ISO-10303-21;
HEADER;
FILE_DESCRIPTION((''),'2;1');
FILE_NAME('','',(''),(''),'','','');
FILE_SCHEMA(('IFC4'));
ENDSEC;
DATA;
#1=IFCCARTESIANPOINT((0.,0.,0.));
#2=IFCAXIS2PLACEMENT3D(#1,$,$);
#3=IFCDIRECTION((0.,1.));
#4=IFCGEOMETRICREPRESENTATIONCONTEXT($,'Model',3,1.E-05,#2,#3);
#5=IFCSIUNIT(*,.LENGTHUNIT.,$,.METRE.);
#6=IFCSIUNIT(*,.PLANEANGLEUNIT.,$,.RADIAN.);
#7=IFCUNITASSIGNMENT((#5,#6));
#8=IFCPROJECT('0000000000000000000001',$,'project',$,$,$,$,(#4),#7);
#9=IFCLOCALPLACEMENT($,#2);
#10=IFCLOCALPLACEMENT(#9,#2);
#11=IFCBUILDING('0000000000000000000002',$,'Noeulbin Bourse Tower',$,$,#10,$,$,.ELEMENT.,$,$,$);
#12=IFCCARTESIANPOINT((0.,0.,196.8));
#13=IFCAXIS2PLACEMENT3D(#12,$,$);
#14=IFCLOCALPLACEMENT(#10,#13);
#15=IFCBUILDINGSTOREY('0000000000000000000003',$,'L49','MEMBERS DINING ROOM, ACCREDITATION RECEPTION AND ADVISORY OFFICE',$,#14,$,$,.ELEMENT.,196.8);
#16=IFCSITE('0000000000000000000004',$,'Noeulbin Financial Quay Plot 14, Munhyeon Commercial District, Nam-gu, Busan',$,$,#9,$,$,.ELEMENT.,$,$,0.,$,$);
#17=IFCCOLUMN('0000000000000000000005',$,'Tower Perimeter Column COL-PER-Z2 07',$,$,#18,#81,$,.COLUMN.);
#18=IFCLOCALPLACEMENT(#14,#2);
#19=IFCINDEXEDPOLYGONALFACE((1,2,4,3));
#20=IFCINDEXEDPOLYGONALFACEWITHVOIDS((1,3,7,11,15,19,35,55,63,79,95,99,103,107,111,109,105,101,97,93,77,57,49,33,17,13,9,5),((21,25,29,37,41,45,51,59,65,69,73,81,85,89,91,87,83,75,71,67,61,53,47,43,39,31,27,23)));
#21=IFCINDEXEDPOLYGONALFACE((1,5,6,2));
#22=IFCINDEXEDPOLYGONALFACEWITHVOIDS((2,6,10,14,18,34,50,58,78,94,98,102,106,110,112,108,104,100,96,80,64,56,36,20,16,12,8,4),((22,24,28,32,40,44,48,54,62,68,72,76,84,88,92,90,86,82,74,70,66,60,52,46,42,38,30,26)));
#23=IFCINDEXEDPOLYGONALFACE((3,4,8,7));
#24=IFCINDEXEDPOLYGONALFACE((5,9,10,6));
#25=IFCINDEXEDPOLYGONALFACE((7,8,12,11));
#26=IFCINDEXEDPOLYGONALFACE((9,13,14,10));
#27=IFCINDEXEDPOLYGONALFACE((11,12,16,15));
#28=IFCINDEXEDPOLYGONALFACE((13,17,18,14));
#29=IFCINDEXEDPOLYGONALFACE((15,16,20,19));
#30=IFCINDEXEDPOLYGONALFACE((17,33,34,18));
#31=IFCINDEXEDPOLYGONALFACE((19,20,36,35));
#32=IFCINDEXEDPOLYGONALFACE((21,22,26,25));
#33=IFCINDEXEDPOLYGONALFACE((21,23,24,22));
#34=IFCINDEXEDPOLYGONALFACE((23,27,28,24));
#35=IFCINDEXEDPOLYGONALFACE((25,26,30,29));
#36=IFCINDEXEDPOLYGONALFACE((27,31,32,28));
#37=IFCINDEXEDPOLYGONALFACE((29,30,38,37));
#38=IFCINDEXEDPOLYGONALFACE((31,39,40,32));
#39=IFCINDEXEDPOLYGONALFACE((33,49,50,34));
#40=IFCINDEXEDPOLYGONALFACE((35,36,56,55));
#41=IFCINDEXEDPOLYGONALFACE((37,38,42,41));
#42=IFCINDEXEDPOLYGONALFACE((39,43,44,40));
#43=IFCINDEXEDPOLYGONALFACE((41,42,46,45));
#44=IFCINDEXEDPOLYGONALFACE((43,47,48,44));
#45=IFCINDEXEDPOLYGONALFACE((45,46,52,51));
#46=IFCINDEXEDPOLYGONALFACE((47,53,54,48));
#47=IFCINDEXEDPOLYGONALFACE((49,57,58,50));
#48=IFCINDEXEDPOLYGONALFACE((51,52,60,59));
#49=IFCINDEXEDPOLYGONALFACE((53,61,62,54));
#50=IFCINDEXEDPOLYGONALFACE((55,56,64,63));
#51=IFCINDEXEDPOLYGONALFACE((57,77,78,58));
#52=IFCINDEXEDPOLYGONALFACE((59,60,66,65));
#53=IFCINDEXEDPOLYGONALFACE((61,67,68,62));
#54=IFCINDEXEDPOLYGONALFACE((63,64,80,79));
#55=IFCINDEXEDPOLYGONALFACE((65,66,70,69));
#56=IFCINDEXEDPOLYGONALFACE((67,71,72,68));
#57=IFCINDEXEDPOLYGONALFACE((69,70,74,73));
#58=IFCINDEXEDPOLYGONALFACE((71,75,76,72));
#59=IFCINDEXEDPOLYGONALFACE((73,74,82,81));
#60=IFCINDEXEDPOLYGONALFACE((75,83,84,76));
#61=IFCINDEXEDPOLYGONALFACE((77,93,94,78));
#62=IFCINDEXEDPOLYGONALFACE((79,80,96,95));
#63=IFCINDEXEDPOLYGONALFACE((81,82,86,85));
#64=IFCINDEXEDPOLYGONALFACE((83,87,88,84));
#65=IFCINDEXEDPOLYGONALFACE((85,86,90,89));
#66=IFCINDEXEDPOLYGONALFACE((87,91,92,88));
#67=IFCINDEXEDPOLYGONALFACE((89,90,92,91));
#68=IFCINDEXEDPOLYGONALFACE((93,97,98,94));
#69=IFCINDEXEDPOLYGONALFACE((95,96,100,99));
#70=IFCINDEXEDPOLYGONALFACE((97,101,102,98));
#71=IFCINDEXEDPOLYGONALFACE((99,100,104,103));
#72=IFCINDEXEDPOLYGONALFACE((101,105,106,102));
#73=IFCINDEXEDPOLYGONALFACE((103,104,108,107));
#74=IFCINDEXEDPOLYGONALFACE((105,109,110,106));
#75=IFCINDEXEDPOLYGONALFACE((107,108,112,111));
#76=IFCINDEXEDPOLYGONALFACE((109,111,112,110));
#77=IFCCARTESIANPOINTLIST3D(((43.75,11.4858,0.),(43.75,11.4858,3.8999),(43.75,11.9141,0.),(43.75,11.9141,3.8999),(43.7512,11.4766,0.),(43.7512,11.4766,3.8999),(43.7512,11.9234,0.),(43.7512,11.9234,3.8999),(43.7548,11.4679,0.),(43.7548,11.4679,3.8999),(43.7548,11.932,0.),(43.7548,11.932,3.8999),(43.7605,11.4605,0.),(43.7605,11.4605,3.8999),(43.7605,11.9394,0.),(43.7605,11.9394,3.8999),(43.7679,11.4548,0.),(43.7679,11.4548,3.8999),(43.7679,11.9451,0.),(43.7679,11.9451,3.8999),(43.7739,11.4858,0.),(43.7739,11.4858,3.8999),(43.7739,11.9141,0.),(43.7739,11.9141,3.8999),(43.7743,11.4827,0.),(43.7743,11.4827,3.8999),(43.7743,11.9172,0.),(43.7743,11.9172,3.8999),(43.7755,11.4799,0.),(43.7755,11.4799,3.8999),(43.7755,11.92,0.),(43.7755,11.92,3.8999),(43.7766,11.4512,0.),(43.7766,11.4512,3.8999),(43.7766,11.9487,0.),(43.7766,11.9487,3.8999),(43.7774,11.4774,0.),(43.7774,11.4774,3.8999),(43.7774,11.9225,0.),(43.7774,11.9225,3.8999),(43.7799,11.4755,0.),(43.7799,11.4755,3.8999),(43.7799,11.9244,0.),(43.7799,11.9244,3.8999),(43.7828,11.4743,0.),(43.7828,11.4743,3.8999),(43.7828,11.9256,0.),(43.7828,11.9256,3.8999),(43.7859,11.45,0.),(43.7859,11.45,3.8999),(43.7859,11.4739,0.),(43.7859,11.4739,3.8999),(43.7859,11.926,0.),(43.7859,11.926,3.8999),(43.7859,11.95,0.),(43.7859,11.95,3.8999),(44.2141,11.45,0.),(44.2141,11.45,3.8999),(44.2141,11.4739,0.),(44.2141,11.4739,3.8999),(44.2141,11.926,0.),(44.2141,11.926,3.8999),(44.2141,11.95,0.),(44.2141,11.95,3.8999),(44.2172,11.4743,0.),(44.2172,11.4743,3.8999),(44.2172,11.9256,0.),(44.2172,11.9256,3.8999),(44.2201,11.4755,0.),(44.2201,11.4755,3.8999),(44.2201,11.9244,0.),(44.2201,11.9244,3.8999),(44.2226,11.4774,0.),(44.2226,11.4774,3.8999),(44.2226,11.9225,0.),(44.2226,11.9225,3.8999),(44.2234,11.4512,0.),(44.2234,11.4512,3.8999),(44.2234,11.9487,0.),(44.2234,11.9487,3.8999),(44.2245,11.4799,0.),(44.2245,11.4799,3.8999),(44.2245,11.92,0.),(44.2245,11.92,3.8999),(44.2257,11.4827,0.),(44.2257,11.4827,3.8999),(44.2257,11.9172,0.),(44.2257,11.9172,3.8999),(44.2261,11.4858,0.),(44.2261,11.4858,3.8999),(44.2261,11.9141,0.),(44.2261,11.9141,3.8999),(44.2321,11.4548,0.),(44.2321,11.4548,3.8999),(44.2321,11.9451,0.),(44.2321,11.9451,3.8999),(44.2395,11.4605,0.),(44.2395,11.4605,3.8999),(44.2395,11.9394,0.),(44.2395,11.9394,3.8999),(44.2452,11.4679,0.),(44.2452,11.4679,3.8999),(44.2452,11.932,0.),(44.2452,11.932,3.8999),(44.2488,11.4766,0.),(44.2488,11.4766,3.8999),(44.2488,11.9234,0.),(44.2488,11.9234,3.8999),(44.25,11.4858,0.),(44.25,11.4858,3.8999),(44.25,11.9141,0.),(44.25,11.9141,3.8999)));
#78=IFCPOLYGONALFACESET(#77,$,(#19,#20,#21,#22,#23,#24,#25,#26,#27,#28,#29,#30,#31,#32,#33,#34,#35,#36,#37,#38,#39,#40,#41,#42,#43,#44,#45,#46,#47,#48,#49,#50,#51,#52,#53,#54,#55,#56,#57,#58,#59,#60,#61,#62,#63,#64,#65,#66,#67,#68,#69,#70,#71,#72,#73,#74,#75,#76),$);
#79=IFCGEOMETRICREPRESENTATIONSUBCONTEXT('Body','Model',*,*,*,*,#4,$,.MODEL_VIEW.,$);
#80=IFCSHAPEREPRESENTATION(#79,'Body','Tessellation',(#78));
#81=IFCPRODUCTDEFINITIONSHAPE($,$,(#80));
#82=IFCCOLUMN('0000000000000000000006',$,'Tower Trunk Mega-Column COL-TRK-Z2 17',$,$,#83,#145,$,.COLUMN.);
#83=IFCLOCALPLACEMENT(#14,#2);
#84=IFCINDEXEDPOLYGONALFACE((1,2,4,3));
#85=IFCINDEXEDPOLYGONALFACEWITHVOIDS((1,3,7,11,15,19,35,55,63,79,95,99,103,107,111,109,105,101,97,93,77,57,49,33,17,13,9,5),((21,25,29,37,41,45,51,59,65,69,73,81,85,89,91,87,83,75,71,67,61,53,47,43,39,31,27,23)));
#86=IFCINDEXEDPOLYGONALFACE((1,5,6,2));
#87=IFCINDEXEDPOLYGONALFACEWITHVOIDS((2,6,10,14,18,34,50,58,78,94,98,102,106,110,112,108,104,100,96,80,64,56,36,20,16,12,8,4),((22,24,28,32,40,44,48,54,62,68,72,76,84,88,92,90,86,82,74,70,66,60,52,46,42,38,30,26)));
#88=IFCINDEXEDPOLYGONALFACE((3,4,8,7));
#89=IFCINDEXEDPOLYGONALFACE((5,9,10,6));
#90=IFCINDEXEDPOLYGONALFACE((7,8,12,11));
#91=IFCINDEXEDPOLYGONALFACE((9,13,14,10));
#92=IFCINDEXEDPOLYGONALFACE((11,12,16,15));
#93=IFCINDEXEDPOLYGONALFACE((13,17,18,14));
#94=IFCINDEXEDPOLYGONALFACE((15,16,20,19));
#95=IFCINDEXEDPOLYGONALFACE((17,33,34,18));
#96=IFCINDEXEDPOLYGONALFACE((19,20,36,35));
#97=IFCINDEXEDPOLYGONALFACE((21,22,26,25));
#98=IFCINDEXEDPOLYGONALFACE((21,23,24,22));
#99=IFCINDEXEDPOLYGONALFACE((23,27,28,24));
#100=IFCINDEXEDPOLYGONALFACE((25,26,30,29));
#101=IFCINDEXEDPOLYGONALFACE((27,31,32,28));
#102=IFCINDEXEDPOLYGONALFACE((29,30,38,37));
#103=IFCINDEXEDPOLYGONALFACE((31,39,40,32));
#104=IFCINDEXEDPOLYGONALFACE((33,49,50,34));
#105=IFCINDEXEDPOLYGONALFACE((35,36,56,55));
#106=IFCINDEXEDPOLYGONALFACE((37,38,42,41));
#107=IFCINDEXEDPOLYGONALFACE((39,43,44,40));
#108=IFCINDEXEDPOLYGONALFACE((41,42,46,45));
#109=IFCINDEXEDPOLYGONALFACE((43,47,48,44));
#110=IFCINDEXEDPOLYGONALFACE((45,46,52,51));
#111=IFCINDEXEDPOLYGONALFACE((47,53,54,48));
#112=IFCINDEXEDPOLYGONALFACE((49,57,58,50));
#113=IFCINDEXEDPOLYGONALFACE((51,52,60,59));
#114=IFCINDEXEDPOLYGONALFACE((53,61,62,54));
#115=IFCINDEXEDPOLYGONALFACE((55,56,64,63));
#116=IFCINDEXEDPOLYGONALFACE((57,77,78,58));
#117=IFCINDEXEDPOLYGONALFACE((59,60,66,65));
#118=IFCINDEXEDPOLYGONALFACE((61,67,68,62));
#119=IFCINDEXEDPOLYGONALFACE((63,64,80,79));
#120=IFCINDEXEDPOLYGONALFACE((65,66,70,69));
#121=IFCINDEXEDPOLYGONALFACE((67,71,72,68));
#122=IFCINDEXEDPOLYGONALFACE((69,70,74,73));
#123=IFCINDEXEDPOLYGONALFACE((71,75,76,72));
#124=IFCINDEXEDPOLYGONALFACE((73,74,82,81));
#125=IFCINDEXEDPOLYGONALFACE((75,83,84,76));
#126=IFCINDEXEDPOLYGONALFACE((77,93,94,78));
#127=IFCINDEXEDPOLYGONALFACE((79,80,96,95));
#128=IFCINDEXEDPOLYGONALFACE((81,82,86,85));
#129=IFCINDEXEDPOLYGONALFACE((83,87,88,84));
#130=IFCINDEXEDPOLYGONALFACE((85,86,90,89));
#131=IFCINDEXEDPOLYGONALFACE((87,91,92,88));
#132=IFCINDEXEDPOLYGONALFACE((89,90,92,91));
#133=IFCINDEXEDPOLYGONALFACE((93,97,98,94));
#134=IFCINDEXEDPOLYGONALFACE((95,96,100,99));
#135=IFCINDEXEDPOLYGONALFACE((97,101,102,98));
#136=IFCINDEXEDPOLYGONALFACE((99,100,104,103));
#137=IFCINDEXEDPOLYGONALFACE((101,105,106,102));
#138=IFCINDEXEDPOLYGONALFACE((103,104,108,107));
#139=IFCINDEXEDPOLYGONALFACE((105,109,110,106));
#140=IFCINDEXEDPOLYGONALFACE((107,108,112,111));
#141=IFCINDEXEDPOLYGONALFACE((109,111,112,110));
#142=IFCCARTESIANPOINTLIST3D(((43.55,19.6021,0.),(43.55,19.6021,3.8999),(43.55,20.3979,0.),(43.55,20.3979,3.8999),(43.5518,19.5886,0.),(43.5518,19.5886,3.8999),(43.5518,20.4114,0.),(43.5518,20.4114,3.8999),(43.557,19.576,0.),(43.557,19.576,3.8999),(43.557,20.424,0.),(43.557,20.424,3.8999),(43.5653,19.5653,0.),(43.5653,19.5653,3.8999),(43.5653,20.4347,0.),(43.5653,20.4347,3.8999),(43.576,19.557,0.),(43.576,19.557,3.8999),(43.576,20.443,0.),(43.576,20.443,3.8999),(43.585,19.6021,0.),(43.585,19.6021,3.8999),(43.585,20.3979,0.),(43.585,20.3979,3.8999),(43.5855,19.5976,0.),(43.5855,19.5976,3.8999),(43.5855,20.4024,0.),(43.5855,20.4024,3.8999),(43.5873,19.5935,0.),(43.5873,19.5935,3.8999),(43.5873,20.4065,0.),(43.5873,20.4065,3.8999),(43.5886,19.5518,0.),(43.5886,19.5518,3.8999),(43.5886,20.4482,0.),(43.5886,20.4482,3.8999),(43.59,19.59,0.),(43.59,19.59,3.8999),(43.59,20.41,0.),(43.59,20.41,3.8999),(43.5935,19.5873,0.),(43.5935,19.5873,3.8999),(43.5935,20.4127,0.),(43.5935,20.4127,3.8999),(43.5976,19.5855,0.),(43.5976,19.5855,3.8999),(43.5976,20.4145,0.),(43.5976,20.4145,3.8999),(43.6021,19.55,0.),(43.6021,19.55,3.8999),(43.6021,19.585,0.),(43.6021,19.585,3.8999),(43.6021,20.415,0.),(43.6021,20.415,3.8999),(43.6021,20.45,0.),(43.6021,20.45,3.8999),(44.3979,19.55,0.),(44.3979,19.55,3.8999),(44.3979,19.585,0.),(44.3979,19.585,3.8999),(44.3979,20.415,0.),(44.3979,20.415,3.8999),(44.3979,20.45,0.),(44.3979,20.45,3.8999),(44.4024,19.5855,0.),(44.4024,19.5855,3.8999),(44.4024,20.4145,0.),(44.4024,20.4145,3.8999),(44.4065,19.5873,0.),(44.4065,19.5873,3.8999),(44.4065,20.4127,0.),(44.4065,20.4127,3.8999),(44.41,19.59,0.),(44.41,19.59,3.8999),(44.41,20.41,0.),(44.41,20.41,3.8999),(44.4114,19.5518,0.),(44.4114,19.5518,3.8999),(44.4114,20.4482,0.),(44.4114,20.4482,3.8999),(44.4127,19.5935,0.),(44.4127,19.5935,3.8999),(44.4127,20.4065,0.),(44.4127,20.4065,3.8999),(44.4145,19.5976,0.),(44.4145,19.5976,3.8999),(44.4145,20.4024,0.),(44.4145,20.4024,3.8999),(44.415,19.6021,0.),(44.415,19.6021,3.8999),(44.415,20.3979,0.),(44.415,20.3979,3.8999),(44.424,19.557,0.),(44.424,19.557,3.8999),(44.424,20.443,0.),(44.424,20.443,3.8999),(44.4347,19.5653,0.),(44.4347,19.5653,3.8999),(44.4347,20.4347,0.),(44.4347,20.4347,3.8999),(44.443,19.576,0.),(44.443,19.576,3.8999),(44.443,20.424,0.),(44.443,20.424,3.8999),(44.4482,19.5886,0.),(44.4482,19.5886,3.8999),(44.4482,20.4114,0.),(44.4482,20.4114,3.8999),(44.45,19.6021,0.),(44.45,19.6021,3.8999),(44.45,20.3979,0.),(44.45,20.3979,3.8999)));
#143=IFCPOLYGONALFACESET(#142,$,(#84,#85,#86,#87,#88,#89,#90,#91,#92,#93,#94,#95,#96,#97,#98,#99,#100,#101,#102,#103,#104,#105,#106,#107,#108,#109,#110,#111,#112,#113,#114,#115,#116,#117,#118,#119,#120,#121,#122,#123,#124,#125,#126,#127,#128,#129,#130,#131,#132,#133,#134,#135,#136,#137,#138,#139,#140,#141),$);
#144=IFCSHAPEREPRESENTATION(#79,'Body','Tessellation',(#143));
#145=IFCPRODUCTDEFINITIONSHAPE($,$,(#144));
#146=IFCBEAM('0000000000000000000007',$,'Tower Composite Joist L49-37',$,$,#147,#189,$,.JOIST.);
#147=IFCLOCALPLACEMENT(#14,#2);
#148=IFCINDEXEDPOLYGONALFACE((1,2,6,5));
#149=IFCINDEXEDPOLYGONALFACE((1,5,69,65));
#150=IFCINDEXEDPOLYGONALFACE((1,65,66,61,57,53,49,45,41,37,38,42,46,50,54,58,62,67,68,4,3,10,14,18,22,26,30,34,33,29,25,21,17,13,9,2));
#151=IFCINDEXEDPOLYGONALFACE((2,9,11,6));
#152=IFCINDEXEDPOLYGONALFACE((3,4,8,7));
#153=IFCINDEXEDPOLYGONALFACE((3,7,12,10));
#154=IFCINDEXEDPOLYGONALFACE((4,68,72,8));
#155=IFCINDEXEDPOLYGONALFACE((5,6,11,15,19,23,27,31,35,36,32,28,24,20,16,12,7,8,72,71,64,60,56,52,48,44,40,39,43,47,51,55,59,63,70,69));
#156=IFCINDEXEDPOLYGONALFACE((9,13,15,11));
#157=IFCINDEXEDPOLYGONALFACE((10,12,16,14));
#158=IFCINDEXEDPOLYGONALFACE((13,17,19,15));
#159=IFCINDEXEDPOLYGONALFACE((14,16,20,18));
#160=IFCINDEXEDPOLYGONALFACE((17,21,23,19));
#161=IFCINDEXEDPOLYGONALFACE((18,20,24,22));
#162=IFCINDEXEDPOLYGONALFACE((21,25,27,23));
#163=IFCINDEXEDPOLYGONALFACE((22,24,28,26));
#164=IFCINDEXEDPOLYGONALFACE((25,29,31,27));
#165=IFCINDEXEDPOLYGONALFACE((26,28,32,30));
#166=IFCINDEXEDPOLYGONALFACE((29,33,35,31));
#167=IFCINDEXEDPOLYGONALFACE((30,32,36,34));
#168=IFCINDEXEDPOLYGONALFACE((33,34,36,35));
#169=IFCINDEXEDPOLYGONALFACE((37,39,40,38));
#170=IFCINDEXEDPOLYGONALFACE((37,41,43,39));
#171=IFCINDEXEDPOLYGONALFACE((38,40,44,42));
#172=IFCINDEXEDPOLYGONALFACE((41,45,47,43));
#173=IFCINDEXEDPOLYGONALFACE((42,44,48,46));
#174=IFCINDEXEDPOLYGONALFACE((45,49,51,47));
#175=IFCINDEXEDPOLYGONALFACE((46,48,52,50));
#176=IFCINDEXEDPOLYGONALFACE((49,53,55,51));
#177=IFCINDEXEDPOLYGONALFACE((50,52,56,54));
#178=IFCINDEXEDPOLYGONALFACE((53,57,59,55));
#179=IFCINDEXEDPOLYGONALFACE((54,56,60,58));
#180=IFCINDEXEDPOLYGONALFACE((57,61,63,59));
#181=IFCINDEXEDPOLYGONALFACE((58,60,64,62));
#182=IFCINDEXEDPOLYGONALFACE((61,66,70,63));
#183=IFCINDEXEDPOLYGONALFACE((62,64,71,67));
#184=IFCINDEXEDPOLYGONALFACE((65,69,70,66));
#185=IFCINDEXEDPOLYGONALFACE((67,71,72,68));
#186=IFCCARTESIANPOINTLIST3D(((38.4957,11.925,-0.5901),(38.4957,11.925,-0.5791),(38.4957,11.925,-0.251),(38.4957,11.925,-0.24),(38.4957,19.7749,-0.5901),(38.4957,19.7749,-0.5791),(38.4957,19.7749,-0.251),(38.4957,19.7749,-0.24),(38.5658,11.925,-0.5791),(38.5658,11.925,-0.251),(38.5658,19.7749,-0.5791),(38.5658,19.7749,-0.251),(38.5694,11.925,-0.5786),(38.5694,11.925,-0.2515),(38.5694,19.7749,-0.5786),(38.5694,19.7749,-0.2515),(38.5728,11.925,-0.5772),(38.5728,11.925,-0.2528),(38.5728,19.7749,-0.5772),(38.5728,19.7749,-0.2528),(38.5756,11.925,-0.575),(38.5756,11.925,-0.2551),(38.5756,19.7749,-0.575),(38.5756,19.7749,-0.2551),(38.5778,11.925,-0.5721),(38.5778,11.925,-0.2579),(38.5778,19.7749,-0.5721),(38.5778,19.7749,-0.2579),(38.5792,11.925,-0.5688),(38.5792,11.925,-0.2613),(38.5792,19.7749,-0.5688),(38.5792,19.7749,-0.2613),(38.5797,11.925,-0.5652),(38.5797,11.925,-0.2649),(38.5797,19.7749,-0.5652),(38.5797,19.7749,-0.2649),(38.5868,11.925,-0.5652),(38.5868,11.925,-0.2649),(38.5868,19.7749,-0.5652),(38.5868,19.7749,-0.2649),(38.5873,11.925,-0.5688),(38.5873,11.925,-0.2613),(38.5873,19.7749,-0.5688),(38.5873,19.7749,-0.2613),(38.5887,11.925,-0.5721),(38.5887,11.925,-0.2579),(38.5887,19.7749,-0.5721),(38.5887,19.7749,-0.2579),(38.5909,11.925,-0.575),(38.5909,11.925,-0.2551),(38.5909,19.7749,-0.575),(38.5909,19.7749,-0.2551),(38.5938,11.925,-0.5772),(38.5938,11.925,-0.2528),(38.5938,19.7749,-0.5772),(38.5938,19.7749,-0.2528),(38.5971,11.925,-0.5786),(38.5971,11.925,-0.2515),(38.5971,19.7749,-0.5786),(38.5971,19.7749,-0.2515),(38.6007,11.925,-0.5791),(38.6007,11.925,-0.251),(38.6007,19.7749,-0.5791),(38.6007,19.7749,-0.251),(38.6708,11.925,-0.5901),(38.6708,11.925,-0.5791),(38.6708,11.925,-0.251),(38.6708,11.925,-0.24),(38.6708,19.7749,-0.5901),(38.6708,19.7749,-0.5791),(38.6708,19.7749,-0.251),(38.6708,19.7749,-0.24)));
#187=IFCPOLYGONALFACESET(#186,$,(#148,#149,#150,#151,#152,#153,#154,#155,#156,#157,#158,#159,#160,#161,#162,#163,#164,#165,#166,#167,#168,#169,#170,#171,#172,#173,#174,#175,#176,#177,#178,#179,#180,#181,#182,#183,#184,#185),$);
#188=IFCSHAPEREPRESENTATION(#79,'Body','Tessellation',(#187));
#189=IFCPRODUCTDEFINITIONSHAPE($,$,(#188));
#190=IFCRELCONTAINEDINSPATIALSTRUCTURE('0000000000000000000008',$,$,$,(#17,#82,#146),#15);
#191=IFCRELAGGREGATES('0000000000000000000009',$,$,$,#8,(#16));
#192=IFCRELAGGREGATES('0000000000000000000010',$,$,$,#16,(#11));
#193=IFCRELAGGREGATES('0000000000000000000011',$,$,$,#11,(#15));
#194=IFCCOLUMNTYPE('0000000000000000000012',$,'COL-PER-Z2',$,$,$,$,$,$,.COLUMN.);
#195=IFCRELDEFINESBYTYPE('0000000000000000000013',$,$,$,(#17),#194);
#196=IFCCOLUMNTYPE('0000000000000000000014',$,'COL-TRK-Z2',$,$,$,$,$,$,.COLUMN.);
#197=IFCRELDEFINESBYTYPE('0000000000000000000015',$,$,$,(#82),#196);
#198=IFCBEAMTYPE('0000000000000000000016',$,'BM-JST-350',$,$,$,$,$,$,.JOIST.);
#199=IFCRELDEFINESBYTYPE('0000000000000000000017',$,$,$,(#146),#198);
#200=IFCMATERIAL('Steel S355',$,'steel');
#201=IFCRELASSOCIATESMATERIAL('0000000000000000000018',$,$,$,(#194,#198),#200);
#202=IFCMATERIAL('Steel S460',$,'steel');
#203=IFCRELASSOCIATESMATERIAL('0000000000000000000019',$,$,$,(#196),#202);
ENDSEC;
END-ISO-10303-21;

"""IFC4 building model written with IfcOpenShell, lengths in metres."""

from ifc_helpers import new_model, si_unit, direction, frame, origin, origin_2d, place, context, subcontext, project, spatial, hollow_rectangle, i_section, extrude, material, material_profile, profile_set, type_object, element, save


model = new_model("IFC4")

# Units and contexts
model_context = context("Model", 3, precision=1e-05, world=origin(), true_north=direction((0.0, 1.0)))
body_context = subcontext(model_context, "Body", "Model", "MODEL_VIEW")
ifc_project = project(units=[si_unit("LENGTHUNIT", "METRE"), si_unit("PLANEANGLEUNIT", "RADIAN")], contexts=[model_context])

# Site, building, storey
site_placement = place(None, origin())
site = spatial("IfcSite", under=ifc_project, at=site_placement, Name="Noeulbin Financial Quay Plot 14, Munhyeon Commercial District, Nam-gu, Busan", CompositionType="ELEMENT", RefElevation=0.0)
building_placement = place(site_placement, origin())
building = spatial("IfcBuilding", under=site, at=building_placement, Name="Noeulbin Bourse Tower", CompositionType="ELEMENT")
storey_placement = place(building_placement, frame((0.0, 0.0, 196.8)))
storey = spatial("IfcBuildingStorey", under=building, at=storey_placement, Name="L49", Description="MEMBERS DINING ROOM, ACCREDITATION RECEPTION AND ADVISORY OFFICE", CompositionType="ELEMENT", Elevation=196.8)

# Columns
ifc_material_1 = material(Name="Steel S355", Category="steel")
ifc_material_profile_1 = material_profile(ifc_material_1, hollow_rectangle(XDim=0.5, YDim=0.5, WallThickness=0.0239, InnerFilletRadius=0.012, OuterFilletRadius=0.0359, at=origin_2d()), Name="BOX-500x500x24", Category="LoadBearing")
ifc_profile_set_1 = profile_set([ifc_material_profile_1], Name="Steel S355")
column_type_1 = type_object("IfcColumnType", Name="COL-PER-Z2", PredefinedType="COLUMN", material=ifc_profile_set_1)
column_1_placement = place(storey_placement, frame((44.0, 11.7, 0.0), z_axis=(0.0, 0.0, 1.0), x_axis=(1.0, 0.0, 0.0)))
element("IfcColumn", 1, at=column_1_placement, inside=storey, type_object=column_type_1, Name="Tower Perimeter Column COL-PER-Z2 07", PredefinedType="COLUMN", context=body_context, shape_type="SweptSolid", body=[
    extrude(hollow_rectangle(XDim=0.5, YDim=0.5, WallThickness=0.0239, InnerFilletRadius=0.012, OuterFilletRadius=0.0359, at=origin_2d()), origin(), (0.0, 0.0, 1.0), 3.8999),
])
ifc_material_2 = material(Name="Steel S460", Category="steel")
ifc_material_profile_2 = material_profile(ifc_material_2, hollow_rectangle(XDim=0.8999, YDim=0.8999, WallThickness=0.0349, InnerFilletRadius=0.0171, OuterFilletRadius=0.052, at=origin_2d()), Name="BOX-900x900x35", Category="LoadBearing")
ifc_profile_set_2 = profile_set([ifc_material_profile_2], Name="Steel S460")
column_type_2 = type_object("IfcColumnType", Name="COL-TRK-Z2", PredefinedType="COLUMN", material=ifc_profile_set_2)
column_2_placement = place(storey_placement, frame((44.0, 20.0, 0.0), z_axis=(0.0, 0.0, 1.0), x_axis=(1.0, 0.0, 0.0)))
element("IfcColumn", 2, at=column_2_placement, inside=storey, type_object=column_type_2, Name="Tower Trunk Mega-Column COL-TRK-Z2 17", PredefinedType="COLUMN", context=body_context, shape_type="SweptSolid", body=[
    extrude(hollow_rectangle(XDim=0.8999, YDim=0.8999, WallThickness=0.0349, InnerFilletRadius=0.0171, OuterFilletRadius=0.052, at=origin_2d()), origin(), (0.0, 0.0, 1.0), 3.8999),
])

# Beam
ifc_material_profile_3 = material_profile(ifc_material_1, i_section(OverallWidth=0.175, OverallDepth=0.3501, WebThickness=0.0071, FlangeThickness=0.011, FilletRadius=0.0139, at=origin_2d()), Name="H-350x175x7x11", Category="LoadBearing")
ifc_profile_set_3 = profile_set([ifc_material_profile_3], Name="Steel S355")
beam_type_1 = type_object("IfcBeamType", Name="BM-JST-350", PredefinedType="JOIST", material=ifc_profile_set_3)
beam_1_placement = place(storey_placement, frame((38.5833, 11.925, -0.415), z_axis=(0.0, 1.0, 0.0), x_axis=(-1.0, 0.0, 0.0)))
element("IfcBeam", 3, at=beam_1_placement, inside=storey, type_object=beam_type_1, Name="Tower Composite Joist L49-37", PredefinedType="JOIST", context=body_context, shape_type="SweptSolid", body=[
    extrude(i_section(OverallWidth=0.175, OverallDepth=0.3501, WebThickness=0.0071, FlangeThickness=0.011, FilletRadius=0.0139, at=origin_2d()), origin(), (0.0, 0.0, 1.0), 7.8499),
])

save(model, "model.ifc")
